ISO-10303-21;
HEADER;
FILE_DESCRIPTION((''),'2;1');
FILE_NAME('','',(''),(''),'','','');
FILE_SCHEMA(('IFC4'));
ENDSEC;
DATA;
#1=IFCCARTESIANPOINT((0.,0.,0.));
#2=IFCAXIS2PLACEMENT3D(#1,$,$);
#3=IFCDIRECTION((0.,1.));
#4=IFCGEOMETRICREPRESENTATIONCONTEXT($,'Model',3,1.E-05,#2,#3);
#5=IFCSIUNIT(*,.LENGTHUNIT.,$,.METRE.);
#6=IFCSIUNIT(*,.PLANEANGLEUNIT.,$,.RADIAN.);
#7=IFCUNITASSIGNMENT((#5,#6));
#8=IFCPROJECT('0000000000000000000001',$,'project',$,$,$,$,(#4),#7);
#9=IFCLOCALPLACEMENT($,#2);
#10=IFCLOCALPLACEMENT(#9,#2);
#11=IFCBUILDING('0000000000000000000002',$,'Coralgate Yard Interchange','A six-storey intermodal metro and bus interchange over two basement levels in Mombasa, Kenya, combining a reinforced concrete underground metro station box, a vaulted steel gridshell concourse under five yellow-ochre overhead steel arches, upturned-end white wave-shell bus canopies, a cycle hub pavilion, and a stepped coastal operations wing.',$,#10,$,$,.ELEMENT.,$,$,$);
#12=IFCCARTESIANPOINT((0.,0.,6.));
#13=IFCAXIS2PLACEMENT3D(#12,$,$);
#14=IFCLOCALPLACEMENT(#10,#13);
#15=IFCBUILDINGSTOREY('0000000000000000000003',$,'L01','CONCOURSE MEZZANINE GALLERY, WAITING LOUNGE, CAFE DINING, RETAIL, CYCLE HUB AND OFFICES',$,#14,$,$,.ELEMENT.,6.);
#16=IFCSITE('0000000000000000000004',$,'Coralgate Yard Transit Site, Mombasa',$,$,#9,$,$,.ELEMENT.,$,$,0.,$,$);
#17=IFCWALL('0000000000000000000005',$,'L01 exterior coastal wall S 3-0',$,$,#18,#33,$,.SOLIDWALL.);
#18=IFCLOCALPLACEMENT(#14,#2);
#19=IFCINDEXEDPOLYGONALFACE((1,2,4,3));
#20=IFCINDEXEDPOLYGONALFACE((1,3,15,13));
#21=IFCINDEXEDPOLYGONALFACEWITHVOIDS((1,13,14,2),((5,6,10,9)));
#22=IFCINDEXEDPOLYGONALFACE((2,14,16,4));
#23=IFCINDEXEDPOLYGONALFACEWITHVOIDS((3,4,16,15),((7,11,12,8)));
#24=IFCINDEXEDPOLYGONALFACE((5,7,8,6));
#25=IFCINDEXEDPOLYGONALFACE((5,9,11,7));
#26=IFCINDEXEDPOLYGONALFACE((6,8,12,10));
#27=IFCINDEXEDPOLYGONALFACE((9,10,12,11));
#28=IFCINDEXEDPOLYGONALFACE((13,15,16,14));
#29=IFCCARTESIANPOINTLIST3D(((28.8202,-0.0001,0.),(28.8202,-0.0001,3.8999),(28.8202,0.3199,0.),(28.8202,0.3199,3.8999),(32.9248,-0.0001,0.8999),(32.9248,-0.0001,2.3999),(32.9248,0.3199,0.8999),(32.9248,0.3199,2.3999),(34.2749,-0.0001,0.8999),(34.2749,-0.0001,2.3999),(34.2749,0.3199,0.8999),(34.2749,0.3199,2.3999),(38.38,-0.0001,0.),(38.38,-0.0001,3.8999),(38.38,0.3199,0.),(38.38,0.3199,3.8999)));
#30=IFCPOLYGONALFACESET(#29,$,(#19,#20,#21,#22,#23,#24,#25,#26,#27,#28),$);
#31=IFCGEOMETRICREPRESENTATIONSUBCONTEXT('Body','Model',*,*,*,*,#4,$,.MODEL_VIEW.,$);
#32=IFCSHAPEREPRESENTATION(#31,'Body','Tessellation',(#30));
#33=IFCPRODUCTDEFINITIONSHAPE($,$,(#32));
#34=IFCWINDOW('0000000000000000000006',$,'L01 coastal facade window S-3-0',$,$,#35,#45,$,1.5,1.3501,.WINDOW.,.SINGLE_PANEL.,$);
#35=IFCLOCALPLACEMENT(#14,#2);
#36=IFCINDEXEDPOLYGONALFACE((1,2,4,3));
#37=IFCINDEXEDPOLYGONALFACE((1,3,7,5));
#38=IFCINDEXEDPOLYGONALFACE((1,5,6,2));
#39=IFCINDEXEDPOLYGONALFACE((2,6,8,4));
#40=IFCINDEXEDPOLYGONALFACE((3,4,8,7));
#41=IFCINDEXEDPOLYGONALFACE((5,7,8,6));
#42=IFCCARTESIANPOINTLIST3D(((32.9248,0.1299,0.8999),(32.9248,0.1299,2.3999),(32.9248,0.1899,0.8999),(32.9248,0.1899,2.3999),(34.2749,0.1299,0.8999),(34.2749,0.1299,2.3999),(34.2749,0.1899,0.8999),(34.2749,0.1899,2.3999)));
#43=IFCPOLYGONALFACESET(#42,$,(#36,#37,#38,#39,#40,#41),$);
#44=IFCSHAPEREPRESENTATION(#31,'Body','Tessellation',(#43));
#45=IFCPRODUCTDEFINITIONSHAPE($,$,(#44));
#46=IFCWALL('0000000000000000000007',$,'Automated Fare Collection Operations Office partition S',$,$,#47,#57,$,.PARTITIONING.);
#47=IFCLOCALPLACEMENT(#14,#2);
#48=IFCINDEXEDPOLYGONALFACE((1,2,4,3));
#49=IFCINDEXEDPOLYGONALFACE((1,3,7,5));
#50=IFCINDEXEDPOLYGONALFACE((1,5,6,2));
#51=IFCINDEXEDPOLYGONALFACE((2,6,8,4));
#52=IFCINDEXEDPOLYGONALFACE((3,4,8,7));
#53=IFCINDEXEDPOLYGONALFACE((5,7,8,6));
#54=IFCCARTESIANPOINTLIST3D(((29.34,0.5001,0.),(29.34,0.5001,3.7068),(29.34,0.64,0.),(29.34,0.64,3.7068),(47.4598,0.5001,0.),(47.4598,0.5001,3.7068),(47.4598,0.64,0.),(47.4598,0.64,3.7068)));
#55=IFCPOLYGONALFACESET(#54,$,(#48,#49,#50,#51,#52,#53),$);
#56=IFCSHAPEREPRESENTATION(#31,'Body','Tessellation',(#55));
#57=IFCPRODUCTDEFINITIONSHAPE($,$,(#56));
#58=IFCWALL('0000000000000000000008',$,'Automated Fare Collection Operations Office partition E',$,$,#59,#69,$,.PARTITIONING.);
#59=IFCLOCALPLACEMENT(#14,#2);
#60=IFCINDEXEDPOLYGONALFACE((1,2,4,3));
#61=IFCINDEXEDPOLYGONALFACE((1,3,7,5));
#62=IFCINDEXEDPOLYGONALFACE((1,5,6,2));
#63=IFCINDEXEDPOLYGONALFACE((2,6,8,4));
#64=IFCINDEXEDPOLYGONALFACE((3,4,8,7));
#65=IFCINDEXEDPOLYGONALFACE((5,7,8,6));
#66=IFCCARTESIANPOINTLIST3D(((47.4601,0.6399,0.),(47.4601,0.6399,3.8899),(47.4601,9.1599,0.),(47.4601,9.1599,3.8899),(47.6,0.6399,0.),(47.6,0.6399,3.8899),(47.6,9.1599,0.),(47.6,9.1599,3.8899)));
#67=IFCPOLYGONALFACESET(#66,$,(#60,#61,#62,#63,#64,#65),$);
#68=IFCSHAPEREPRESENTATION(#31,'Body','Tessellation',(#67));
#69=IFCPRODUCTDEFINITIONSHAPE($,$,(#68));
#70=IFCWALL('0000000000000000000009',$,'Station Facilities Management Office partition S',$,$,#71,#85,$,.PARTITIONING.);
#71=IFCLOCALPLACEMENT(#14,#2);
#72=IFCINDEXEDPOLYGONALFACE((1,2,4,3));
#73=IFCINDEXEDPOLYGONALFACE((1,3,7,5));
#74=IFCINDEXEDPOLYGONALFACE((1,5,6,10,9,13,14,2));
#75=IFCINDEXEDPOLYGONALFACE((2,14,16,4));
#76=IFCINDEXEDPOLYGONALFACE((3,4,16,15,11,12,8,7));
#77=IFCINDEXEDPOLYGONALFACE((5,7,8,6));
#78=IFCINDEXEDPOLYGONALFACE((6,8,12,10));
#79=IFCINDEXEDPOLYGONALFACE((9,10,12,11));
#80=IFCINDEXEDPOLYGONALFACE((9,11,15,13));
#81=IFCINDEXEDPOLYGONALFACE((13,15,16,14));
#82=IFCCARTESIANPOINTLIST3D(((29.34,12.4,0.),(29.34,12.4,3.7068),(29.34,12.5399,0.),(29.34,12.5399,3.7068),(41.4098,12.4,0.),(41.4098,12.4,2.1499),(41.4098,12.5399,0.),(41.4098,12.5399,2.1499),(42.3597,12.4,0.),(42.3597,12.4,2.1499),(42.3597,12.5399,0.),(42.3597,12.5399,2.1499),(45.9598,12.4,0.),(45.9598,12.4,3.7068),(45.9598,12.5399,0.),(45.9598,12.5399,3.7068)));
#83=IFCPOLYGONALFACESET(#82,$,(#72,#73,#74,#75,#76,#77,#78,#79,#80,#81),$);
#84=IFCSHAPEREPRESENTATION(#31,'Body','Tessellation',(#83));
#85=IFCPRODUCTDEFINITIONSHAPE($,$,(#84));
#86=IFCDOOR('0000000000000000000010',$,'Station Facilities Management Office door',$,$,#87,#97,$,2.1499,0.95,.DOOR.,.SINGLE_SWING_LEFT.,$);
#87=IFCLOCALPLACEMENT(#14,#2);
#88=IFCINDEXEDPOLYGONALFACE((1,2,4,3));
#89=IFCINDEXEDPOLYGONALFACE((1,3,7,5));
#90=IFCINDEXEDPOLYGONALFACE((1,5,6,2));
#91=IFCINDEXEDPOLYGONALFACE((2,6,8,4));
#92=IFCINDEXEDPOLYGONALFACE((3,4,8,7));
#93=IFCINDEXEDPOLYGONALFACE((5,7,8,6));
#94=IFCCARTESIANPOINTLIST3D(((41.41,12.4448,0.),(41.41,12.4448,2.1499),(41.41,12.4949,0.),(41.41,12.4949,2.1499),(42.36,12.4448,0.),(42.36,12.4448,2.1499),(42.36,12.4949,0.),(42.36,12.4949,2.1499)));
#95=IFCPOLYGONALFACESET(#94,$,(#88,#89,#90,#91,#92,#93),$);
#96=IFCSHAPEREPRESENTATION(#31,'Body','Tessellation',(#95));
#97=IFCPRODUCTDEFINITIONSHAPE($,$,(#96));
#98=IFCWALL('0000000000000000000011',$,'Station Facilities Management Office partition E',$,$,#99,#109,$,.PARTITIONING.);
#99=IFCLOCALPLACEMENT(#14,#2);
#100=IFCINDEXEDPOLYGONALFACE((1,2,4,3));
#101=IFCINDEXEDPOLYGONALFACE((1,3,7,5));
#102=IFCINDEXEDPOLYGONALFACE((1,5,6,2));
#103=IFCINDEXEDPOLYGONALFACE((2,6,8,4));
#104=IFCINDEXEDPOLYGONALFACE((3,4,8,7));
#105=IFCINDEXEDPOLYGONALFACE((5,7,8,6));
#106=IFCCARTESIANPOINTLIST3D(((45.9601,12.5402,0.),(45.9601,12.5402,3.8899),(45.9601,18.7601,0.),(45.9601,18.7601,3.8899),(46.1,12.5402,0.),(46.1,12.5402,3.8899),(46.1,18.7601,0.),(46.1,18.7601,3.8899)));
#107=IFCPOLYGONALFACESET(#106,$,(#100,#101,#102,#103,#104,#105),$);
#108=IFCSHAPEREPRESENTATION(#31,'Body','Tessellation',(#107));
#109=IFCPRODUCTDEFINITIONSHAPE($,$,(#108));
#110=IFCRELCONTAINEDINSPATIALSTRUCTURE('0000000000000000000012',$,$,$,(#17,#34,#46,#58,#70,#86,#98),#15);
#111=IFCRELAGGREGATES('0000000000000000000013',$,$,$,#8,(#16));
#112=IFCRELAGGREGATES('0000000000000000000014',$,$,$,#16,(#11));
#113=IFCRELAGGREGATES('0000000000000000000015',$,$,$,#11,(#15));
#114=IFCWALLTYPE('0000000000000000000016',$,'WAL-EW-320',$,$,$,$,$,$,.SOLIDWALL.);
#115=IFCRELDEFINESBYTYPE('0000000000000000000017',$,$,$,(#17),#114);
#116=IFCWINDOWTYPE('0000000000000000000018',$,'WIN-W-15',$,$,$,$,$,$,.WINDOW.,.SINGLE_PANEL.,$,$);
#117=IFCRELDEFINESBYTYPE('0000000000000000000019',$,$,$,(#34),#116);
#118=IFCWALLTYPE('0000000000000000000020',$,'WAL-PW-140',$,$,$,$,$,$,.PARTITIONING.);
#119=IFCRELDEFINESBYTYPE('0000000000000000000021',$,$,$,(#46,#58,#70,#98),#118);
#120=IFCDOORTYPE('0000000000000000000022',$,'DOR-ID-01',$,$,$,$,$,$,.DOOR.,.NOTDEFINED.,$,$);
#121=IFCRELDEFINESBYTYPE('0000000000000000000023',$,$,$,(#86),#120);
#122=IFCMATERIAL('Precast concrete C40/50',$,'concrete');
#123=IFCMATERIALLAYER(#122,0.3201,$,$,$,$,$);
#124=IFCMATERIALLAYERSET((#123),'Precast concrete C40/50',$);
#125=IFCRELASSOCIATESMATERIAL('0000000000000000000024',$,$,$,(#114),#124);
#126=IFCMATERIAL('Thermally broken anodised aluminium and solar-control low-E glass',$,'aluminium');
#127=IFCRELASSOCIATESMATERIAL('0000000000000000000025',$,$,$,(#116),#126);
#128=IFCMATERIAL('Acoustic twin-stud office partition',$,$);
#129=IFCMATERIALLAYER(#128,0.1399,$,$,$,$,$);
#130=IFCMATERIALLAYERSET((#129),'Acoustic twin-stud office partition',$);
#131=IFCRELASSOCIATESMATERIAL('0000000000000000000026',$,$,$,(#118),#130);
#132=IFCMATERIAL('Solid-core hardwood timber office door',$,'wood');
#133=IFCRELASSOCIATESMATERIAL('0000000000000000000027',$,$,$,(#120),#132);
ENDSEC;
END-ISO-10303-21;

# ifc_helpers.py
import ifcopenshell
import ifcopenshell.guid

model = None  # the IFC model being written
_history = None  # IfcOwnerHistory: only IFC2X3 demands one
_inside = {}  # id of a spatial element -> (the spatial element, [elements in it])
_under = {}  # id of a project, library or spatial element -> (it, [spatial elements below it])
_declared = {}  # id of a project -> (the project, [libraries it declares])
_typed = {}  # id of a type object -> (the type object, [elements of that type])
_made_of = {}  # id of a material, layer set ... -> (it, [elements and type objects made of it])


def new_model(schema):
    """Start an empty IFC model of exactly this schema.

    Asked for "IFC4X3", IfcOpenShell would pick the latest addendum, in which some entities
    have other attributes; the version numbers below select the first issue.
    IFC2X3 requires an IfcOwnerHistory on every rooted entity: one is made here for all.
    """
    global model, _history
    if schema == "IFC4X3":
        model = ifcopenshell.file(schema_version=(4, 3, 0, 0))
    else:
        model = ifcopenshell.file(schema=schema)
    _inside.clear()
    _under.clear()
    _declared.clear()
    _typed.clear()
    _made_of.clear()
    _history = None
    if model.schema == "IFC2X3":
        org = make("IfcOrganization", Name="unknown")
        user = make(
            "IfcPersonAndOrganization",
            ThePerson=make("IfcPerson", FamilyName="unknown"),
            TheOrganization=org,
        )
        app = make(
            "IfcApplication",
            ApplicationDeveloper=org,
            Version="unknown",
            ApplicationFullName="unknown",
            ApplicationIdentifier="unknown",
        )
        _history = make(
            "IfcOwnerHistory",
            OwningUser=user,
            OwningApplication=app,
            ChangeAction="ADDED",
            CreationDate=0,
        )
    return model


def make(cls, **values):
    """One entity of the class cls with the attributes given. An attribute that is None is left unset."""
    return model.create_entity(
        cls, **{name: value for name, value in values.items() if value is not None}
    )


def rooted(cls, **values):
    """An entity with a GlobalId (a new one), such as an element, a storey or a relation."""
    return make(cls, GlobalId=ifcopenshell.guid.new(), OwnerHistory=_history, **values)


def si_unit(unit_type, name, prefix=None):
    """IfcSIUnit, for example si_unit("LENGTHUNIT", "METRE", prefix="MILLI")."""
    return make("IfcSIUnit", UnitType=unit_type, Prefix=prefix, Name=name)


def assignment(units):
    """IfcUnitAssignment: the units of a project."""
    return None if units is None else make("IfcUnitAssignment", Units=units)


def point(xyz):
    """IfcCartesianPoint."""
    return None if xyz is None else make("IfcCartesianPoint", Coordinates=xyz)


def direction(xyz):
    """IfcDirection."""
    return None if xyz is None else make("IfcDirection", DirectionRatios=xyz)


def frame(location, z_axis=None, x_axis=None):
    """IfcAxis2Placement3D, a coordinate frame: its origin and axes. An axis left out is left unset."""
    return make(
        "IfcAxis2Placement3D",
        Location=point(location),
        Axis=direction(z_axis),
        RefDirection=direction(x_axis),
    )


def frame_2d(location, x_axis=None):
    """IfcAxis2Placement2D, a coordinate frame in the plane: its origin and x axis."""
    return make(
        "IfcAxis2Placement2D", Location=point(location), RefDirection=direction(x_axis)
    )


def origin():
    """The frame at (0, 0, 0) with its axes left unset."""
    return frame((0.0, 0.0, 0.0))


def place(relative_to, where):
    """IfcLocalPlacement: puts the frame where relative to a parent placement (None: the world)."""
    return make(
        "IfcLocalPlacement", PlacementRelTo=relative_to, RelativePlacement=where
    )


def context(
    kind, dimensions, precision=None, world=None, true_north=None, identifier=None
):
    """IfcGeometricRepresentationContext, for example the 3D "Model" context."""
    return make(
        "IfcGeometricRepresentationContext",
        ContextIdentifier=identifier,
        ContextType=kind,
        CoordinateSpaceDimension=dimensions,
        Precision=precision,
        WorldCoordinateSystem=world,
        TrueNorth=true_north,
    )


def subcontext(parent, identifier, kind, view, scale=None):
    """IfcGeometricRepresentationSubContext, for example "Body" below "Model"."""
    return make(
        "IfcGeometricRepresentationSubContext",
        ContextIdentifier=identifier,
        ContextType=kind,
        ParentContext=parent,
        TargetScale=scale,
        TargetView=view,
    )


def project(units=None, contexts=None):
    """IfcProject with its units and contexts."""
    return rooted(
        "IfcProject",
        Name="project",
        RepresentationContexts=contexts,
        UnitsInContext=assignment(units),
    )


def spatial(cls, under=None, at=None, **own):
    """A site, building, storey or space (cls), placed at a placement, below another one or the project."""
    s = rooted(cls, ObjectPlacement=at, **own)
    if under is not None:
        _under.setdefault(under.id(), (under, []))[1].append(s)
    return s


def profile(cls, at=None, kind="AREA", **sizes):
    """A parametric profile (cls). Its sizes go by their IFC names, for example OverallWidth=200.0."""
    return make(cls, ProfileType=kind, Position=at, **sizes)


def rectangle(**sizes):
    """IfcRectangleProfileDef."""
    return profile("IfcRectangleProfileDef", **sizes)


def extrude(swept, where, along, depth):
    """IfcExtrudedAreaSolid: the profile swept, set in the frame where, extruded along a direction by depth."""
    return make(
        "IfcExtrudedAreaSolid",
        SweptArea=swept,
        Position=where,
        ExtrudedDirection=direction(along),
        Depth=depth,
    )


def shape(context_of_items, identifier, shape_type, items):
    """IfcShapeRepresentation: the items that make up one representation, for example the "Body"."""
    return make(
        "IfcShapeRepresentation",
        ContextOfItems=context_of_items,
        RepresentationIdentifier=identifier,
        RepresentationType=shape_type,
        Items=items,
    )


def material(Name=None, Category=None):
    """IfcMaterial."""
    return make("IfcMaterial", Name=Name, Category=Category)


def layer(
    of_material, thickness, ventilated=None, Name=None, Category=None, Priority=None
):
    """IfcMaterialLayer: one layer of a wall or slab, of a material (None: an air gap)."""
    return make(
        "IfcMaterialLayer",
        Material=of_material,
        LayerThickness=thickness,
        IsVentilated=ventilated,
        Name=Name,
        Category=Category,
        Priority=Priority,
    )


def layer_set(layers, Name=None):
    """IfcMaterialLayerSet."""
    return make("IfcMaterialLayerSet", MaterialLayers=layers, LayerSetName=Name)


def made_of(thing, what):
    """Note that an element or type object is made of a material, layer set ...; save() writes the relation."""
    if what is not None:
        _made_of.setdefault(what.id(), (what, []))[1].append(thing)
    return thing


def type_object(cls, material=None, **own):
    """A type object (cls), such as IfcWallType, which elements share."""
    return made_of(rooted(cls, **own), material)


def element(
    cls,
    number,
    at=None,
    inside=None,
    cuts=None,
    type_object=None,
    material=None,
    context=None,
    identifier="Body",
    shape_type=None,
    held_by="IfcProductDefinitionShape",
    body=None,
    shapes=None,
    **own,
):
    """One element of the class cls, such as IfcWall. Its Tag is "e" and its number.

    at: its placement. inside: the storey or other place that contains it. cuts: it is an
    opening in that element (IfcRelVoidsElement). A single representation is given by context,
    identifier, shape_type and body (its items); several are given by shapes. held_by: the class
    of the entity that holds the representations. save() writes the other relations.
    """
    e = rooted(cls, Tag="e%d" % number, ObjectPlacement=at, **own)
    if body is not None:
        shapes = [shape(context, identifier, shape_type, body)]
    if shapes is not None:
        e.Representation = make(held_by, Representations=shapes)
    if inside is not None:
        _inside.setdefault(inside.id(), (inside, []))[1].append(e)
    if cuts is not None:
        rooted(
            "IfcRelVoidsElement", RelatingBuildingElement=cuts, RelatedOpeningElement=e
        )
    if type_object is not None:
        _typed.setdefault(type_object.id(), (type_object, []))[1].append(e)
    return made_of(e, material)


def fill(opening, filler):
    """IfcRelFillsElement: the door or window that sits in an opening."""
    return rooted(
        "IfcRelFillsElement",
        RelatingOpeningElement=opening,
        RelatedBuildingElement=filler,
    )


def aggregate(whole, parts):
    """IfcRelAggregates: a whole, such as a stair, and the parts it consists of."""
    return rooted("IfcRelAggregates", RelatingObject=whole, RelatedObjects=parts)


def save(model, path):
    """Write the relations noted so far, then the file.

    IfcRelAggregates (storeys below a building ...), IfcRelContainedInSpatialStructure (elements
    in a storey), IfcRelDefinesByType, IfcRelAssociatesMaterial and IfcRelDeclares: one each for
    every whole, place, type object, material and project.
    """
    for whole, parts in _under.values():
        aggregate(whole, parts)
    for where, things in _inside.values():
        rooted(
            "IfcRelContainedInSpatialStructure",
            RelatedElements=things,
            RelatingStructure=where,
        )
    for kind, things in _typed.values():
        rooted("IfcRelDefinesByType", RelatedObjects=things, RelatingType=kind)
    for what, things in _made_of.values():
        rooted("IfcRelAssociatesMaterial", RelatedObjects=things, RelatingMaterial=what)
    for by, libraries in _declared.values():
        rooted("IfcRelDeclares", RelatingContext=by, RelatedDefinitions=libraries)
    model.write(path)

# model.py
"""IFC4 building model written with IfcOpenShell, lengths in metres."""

from ifc_helpers import new_model, si_unit, direction, frame, frame_2d, origin, place, context, subcontext, project, spatial, rectangle, extrude, material, layer, layer_set, type_object, element, fill, save


model = new_model("IFC4")

# Units and contexts
model_context = context("Model", 3, precision=1e-05, world=origin(), true_north=direction((0.0, 1.0)))
body_context = subcontext(model_context, "Body", "Model", "MODEL_VIEW")
ifc_project = project(units=[si_unit("LENGTHUNIT", "METRE"), si_unit("PLANEANGLEUNIT", "RADIAN")], contexts=[model_context])

# Site, building, storey
site_placement = place(None, origin())
site = spatial("IfcSite", under=ifc_project, at=site_placement, Name="Coralgate Yard Transit Site, Mombasa", CompositionType="ELEMENT", RefElevation=0.0)
building_placement = place(site_placement, origin())
building = spatial("IfcBuilding", under=site, at=building_placement, Name="Coralgate Yard Interchange", Description="A six-storey intermodal metro and bus interchange over two basement levels in Mombasa, Kenya, combining a reinforced concrete underground metro station box, a vaulted steel gridshell concourse under five yellow-ochre overhead steel arches, upturned-end white wave-shell bus canopies, a cycle hub pavilion, and a stepped coastal operations wing.", CompositionType="ELEMENT")
storey_placement = place(building_placement, frame((0.0, 0.0, 6.0)))
storey = spatial("IfcBuildingStorey", under=building, at=storey_placement, Name="L01", Description="CONCOURSE MEZZANINE GALLERY, WAITING LOUNGE, CAFE DINING, RETAIL, CYCLE HUB AND OFFICES", CompositionType="ELEMENT", Elevation=6.0)

# Wall, opening, window
ifc_material_1 = material(Name="Precast concrete C40/50", Category="concrete")
ifc_layer_1 = layer(ifc_material_1, 0.3201)
ifc_layer_set_1 = layer_set([ifc_layer_1], Name="Precast concrete C40/50")
wall_type_1 = type_object("IfcWallType", Name="WAL-EW-320", PredefinedType="SOLIDWALL", material=ifc_layer_set_1)
wall_1_placement = place(storey_placement, frame((38.3799, 0.1599, 0.0), z_axis=(0.0, 0.0, 1.0), x_axis=(-1.0, 0.0, 0.0)))
wall_1 = element("IfcWall", 1, at=wall_1_placement, inside=storey, type_object=wall_type_1, Name="L01 exterior coastal wall S 3-0", PredefinedType="SOLIDWALL", context=body_context, shape_type="SweptSolid", body=[
    extrude(rectangle(XDim=9.5598, YDim=0.3201, at=frame_2d((4.7798, 0.0))), origin(), (0.0, 0.0, 1.0), 3.8999),
])
opening_1_placement = place(wall_1_placement, frame((4.105, 0.0, 0.8999)))
opening_1 = element("IfcOpeningElement", 2, at=opening_1_placement, cuts=wall_1, PredefinedType="OPENING", context=body_context, shape_type="SweptSolid", body=[
    extrude(rectangle(XDim=1.3501, YDim=1.5, at=frame_2d((0.675, 0.75))), frame((0.0, 0.1699, 0.0), z_axis=(0.0, -1.0, 0.0), x_axis=(1.0, 0.0, 0.0)), (0.0, 0.0, 1.0), 0.3401),
])
ifc_material_2 = material(Name="Thermally broken anodised aluminium and solar-control low-E glass", Category="aluminium")
window_type = type_object("IfcWindowType", Name="WIN-W-15", PartitioningType="SINGLE_PANEL", PredefinedType="WINDOW", material=ifc_material_2)
window_placement = place(opening_1_placement, origin())
window = element("IfcWindow", 3, at=window_placement, inside=storey, type_object=window_type, Name="L01 coastal facade window S-3-0", OverallHeight=1.5, OverallWidth=1.3501, PartitioningType="SINGLE_PANEL", PredefinedType="WINDOW", context=body_context, shape_type="SweptSolid", body=[
    extrude(rectangle(XDim=1.3501, YDim=1.5, at=frame_2d((0.675, 0.75))), frame((0.0, 0.03, 0.0), z_axis=(0.0, -1.0, 0.0), x_axis=(1.0, 0.0, 0.0)), (0.0, 0.0, 1.0), 0.0601),
])
fill(opening_1, window)

# Walls
ifc_material_3 = material(Name="Acoustic twin-stud office partition")
ifc_layer_2 = layer(ifc_material_3, 0.1399)
ifc_layer_set_2 = layer_set([ifc_layer_2], Name="Acoustic twin-stud office partition")
wall_type_2 = type_object("IfcWallType", Name="WAL-PW-140", PredefinedType="PARTITIONING", material=ifc_layer_set_2)
wall_2_placement = place(storey_placement, frame((47.46, 0.5701, 0.0), z_axis=(0.0, 0.0, 1.0), x_axis=(-1.0, 0.0, 0.0)))
element("IfcWall", 4, at=wall_2_placement, inside=storey, type_object=wall_type_2, Name="Automated Fare Collection Operations Office partition S", PredefinedType="PARTITIONING", context=body_context, shape_type="SweptSolid", body=[
    extrude(rectangle(XDim=18.1199, YDim=0.1399, at=frame_2d((9.0601, 0.0))), origin(), (0.0, 0.0, 1.0), 3.7068),
])
wall_3_placement = place(storey_placement, frame((47.53, 9.1599, 0.0), z_axis=(0.0, 0.0, 1.0), x_axis=(0.0, -1.0, 0.0)))
element("IfcWall", 5, at=wall_3_placement, inside=storey, type_object=wall_type_2, Name="Automated Fare Collection Operations Office partition E", PredefinedType="PARTITIONING", context=body_context, shape_type="SweptSolid", body=[
    extrude(rectangle(XDim=8.52, YDim=0.1399, at=frame_2d((4.26, 0.0))), origin(), (0.0, 0.0, 1.0), 3.8899),
])

# Wall, opening, door
wall_4_placement = place(storey_placement, frame((45.96, 12.47, 0.0), z_axis=(0.0, 0.0, 1.0), x_axis=(-1.0, 0.0, 0.0)))
wall_4 = element("IfcWall", 6, at=wall_4_placement, inside=storey, type_object=wall_type_2, Name="Station Facilities Management Office partition S", PredefinedType="PARTITIONING", context=body_context, shape_type="SweptSolid", body=[
    extrude(rectangle(XDim=16.6199, YDim=0.1399, at=frame_2d((8.3101, 0.0))), origin(), (0.0, 0.0, 1.0), 3.7068),
])
opening_2_placement = place(wall_4_placement, frame((3.6001, 0.0, 0.0)))
opening_2 = element("IfcOpeningElement", 7, at=opening_2_placement, cuts=wall_4, PredefinedType="OPENING", context=body_context, shape_type="SweptSolid", body=[
    extrude(rectangle(XDim=0.95, YDim=2.1499, at=frame_2d((0.4751, 1.075))), frame((0.0, 0.0798, 0.0), z_axis=(0.0, -1.0, 0.0), x_axis=(1.0, 0.0, 0.0)), (0.0, 0.0, 1.0), 0.1599),
])
ifc_material_4 = material(Name="Solid-core hardwood timber office door", Category="wood")
door_type = type_object("IfcDoorType", Name="DOR-ID-01", OperationType="NOTDEFINED", PredefinedType="DOOR", material=ifc_material_4)
door_placement = place(opening_2_placement, frame((0.95, 0.0, 0.0), z_axis=(0.0, 0.0, 1.0), x_axis=(-1.0, 0.0, 0.0)))
door = element("IfcDoor", 8, at=door_placement, inside=storey, type_object=door_type, Name="Station Facilities Management Office door", OperationType="SINGLE_SWING_LEFT", OverallHeight=2.1499, OverallWidth=0.95, PredefinedType="DOOR", context=body_context, shape_type="SweptSolid", body=[
    extrude(rectangle(XDim=0.95, YDim=2.1499, at=frame_2d((0.4751, 1.075))), frame((0.0, 0.0249, 0.0), z_axis=(0.0, -1.0, 0.0), x_axis=(1.0, 0.0, 0.0)), (0.0, 0.0, 1.0), 0.05),
])
fill(opening_2, door)

# Wall
wall_5_placement = place(storey_placement, frame((46.03, 18.76, 0.0), z_axis=(0.0, 0.0, 1.0), x_axis=(0.0, -1.0, 0.0)))
element("IfcWall", 9, at=wall_5_placement, inside=storey, type_object=wall_type_2, Name="Station Facilities Management Office partition E", PredefinedType="PARTITIONING", context=body_context, shape_type="SweptSolid", body=[
    extrude(rectangle(XDim=6.22, YDim=0.1399, at=frame_2d((3.1099, 0.0))), origin(), (0.0, 0.0, 1.0), 3.8899),
])

save(model, "model.ifc")
